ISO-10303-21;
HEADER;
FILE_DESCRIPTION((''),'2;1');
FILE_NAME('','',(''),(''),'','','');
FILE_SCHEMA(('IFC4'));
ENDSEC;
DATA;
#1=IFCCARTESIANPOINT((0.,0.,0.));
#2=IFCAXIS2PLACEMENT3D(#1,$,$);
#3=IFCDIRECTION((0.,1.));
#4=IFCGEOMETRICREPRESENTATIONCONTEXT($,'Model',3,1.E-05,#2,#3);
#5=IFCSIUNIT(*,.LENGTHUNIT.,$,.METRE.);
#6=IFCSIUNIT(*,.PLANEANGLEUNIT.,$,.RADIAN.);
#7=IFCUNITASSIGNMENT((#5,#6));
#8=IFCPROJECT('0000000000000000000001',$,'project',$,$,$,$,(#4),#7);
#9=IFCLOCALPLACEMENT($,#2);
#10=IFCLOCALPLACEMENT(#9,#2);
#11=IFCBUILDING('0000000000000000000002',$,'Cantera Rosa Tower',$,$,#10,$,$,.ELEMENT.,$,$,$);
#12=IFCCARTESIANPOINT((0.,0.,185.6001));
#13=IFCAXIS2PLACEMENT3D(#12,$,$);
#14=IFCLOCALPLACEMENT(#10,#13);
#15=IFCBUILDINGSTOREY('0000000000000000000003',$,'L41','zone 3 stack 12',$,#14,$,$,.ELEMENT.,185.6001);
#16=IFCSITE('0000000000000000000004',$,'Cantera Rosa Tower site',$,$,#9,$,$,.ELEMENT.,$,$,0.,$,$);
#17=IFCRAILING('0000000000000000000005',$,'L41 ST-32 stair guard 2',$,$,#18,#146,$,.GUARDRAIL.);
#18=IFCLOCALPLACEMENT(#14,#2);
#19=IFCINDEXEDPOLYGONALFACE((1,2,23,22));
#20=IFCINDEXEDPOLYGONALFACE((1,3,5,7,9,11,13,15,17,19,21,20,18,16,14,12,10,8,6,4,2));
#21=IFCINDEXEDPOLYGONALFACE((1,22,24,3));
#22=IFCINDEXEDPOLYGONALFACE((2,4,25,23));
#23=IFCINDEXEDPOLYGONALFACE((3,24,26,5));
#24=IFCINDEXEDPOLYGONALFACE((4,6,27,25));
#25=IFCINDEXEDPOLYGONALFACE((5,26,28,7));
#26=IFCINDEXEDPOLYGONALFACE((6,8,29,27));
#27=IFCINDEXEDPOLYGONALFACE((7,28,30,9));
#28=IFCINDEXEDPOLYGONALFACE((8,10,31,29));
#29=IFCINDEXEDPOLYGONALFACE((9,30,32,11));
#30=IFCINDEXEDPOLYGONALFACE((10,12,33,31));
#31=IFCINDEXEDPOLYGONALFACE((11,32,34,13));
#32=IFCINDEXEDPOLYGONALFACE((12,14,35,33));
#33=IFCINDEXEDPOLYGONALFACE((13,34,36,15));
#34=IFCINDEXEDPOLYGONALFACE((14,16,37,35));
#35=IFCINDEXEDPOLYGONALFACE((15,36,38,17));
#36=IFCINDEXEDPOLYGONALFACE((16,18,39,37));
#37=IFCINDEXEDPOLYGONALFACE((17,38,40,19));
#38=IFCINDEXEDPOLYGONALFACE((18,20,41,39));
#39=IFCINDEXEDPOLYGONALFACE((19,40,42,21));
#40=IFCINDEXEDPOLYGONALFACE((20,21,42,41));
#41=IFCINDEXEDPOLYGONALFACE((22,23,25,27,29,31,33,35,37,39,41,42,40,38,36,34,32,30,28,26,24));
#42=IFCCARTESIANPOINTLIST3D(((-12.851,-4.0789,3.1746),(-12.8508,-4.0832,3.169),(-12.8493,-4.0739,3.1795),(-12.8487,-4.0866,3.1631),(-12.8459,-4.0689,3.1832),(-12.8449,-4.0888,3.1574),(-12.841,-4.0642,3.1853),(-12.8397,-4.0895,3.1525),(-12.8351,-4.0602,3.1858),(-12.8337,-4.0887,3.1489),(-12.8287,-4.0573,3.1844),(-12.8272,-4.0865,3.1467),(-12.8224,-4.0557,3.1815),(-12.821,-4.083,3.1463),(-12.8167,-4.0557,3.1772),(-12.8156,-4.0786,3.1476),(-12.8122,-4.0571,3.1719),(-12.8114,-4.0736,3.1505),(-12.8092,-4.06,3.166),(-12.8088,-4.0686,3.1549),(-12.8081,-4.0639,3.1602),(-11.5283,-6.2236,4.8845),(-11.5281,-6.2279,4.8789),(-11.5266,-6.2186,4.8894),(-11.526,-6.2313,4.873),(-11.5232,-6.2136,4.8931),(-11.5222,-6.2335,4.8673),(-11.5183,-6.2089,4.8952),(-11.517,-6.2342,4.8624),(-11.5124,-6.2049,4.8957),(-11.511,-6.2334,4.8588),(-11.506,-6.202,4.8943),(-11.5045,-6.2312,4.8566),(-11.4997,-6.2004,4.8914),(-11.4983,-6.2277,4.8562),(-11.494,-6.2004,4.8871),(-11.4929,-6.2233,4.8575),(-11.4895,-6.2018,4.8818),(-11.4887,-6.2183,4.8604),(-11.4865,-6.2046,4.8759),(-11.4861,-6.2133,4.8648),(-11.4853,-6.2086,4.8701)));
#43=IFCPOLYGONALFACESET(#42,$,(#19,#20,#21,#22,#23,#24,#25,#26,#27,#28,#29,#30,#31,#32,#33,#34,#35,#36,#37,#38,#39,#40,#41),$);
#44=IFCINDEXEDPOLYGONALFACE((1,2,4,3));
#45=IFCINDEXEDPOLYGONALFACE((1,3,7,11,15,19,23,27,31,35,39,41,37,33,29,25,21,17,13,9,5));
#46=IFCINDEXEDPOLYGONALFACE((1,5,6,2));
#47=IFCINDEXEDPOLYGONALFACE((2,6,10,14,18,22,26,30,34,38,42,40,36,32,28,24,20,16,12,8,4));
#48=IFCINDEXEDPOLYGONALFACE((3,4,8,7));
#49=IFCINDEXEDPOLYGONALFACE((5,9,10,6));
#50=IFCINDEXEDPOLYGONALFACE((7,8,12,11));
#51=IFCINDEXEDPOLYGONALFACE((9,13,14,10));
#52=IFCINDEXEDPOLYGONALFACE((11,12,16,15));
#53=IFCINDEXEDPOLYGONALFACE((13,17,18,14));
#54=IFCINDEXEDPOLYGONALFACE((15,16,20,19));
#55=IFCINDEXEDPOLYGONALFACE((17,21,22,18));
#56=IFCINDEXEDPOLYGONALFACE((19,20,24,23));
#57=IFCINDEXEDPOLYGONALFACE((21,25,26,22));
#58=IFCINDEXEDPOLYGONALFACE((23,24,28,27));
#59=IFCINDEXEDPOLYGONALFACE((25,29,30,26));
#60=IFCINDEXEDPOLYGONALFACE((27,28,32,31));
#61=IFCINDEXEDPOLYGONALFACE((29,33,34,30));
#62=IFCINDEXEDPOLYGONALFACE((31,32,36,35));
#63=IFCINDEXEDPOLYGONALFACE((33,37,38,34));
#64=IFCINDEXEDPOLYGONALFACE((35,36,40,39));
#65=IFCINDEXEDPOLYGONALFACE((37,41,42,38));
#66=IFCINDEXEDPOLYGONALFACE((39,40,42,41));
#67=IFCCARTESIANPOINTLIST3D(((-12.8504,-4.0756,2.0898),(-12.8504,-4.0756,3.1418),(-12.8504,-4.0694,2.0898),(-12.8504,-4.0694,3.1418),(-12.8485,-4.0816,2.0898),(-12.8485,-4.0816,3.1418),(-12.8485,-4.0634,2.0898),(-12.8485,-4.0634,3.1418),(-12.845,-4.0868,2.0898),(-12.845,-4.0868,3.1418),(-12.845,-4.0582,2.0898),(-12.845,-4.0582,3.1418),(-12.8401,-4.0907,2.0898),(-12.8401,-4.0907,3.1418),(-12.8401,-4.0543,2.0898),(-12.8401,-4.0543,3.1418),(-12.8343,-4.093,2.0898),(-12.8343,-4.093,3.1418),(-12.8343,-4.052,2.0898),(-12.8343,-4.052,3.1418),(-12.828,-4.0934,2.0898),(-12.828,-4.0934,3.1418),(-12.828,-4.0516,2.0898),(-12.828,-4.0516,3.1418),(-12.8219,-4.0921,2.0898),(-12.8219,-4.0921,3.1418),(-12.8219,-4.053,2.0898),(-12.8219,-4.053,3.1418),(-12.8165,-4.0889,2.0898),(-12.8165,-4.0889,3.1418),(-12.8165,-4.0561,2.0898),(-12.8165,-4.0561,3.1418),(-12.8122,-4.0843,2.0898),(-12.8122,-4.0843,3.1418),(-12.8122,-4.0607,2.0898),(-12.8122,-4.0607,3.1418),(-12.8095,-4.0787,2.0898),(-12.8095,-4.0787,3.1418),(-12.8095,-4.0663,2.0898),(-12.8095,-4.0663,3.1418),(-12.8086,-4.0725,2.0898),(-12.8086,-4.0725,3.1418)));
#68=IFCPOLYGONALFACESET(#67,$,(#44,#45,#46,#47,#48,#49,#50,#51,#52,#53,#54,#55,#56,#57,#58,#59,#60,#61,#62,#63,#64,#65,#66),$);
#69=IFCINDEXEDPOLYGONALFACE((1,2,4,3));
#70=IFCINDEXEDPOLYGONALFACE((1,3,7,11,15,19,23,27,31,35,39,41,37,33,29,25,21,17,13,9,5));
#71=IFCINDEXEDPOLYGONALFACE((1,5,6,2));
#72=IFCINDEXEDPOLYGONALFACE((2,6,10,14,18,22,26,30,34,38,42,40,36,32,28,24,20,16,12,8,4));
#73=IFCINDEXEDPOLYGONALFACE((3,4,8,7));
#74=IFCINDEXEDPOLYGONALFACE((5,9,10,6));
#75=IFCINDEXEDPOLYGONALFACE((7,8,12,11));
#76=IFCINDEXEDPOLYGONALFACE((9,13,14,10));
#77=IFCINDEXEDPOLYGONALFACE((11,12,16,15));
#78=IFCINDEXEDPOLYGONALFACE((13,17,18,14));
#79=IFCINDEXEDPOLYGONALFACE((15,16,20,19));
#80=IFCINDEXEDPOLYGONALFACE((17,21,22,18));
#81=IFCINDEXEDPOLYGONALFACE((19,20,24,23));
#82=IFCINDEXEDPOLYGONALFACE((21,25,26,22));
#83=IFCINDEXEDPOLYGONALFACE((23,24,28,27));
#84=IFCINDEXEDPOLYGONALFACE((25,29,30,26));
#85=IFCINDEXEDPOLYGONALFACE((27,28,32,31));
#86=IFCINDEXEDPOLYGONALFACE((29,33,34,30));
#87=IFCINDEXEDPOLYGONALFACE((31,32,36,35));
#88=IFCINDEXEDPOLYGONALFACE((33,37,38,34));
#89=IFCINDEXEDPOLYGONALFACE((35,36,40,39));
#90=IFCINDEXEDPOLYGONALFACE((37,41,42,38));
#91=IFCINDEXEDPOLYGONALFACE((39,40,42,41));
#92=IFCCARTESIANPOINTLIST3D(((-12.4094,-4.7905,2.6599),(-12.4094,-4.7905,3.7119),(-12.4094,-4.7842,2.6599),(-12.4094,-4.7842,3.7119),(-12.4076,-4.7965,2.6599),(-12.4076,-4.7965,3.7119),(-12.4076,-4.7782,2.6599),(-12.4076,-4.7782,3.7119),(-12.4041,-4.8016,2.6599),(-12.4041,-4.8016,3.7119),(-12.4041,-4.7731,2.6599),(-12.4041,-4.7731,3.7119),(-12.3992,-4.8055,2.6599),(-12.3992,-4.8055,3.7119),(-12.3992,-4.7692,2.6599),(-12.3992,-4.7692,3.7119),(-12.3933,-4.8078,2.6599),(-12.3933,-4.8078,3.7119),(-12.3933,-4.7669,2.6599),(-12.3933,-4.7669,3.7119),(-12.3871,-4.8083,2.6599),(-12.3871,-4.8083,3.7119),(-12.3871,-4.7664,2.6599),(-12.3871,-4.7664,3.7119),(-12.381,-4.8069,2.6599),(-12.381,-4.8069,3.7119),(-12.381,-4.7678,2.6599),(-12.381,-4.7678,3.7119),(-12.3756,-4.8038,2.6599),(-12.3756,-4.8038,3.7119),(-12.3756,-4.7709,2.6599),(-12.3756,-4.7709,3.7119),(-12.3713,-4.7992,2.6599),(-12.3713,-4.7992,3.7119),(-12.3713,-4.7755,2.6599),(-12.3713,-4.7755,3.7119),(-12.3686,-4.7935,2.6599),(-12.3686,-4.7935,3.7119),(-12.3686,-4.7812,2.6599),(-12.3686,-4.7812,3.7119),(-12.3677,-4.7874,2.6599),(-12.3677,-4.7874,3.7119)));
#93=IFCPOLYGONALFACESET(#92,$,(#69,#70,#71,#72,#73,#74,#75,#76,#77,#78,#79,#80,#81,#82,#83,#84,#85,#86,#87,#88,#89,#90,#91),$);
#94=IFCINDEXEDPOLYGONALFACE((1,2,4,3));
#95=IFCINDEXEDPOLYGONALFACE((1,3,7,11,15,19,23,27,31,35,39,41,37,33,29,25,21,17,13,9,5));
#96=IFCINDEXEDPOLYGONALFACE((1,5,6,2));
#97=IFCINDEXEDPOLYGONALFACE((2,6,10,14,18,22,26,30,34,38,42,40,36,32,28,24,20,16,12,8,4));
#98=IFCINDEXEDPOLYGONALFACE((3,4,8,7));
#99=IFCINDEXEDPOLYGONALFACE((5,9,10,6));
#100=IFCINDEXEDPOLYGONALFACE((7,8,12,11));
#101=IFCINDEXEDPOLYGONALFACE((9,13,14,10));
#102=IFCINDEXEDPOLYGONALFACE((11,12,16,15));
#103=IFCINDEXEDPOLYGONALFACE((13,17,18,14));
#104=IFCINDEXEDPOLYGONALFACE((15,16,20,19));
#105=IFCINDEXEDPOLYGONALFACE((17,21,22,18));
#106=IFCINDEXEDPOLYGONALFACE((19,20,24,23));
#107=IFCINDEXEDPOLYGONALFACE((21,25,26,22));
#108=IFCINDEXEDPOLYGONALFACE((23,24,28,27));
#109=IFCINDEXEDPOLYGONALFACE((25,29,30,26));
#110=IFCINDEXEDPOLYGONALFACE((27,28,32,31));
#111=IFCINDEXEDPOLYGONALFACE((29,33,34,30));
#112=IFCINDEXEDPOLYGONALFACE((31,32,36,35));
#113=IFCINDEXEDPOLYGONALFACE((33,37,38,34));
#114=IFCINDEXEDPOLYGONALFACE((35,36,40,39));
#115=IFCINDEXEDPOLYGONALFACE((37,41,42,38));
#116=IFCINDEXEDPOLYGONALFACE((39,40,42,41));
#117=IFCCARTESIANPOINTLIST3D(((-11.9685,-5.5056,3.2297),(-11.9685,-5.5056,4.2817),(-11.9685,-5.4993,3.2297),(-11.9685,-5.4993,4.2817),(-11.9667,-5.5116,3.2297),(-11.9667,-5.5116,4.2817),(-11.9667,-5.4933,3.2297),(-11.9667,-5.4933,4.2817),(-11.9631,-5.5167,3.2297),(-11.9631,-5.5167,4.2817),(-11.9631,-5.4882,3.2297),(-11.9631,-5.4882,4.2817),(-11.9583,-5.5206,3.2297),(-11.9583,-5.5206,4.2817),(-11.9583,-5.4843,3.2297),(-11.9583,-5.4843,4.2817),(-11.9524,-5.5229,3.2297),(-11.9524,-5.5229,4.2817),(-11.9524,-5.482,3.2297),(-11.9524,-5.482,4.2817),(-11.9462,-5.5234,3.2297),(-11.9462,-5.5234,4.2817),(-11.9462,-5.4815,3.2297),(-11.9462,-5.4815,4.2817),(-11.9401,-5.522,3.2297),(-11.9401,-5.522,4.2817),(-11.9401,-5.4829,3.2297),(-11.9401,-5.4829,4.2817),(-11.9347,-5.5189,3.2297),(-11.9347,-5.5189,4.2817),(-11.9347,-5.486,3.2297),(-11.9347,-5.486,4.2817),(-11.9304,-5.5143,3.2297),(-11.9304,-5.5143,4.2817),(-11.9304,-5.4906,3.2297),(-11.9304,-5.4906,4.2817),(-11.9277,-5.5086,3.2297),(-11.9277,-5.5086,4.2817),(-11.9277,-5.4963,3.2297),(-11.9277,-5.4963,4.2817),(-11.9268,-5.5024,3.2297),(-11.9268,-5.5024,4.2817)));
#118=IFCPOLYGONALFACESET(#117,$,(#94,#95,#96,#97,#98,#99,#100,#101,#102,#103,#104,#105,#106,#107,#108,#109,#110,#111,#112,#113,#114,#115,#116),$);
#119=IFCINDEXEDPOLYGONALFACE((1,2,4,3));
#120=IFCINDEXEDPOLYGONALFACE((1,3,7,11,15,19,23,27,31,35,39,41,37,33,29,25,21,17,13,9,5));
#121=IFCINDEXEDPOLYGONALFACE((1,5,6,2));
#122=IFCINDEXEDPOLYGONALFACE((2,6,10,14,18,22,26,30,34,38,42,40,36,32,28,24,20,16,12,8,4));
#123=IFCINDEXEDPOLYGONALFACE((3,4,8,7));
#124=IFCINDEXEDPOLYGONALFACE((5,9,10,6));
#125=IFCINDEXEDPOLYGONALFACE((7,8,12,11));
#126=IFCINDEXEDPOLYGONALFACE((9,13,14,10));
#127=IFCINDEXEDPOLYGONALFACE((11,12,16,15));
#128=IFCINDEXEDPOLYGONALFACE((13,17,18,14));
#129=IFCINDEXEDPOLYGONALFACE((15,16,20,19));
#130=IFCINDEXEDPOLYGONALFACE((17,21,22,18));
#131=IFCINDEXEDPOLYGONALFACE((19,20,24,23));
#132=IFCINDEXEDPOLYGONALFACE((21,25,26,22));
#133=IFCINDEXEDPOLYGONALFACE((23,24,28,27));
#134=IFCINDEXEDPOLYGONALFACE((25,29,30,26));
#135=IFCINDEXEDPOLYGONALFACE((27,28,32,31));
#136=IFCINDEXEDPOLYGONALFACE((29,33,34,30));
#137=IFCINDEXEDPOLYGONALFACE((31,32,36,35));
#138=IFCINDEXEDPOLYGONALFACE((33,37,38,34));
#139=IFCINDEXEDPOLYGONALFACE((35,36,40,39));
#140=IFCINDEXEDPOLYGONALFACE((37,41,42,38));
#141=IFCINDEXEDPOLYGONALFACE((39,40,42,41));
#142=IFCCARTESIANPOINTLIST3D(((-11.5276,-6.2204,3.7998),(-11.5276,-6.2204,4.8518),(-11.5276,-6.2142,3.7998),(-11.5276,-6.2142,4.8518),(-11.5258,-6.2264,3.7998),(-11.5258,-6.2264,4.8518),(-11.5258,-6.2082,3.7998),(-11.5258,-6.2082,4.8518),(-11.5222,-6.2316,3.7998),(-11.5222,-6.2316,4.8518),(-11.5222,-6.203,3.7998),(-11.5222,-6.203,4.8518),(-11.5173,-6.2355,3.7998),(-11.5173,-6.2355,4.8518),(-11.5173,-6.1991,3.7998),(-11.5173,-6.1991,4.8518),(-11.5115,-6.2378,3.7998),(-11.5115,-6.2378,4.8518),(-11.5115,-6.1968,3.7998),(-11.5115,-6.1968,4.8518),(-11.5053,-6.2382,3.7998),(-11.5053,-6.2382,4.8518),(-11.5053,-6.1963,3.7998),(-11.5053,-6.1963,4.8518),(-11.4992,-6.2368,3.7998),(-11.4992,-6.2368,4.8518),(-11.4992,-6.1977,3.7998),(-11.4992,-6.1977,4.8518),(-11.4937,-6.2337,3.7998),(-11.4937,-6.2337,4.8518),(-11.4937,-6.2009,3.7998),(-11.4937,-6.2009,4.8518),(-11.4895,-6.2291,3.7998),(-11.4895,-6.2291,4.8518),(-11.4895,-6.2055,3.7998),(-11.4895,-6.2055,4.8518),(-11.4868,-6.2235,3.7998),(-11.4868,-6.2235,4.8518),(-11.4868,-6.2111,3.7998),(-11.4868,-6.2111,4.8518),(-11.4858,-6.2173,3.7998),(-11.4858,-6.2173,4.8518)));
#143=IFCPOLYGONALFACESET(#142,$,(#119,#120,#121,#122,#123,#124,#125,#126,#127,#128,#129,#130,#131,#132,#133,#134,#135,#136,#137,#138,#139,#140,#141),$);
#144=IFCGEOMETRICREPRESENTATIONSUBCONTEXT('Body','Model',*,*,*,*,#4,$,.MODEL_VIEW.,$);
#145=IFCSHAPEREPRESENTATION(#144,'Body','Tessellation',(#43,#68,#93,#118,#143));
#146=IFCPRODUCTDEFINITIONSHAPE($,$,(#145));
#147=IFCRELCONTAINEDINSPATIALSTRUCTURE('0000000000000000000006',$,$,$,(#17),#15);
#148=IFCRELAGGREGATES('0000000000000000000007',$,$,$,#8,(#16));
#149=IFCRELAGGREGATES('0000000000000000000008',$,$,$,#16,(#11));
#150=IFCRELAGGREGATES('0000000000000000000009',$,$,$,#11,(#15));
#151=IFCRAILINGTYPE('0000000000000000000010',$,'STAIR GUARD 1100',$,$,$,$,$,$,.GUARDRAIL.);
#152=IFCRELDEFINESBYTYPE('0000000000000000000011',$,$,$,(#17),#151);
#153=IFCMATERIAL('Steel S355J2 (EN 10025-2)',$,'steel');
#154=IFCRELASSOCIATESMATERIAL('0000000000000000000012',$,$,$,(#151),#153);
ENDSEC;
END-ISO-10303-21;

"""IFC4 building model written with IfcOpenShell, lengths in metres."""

from ifc_helpers import new_model, si_unit, direction, frame, origin, origin_2d, place, context, subcontext, project, spatial, circle, extrude, material, type_object, element, save


model = new_model("IFC4")

# Units and contexts
model_context = context("Model", 3, precision=1e-05, world=origin(), true_north=direction((0.0, 1.0)))
body_context = subcontext(model_context, "Body", "Model", "MODEL_VIEW")
ifc_project = project(units=[si_unit("LENGTHUNIT", "METRE"), si_unit("PLANEANGLEUNIT", "RADIAN")], contexts=[model_context])

# Site, building, storey
site_placement = place(None, origin())
site = spatial("IfcSite", under=ifc_project, at=site_placement, Name="Cantera Rosa Tower site", CompositionType="ELEMENT", RefElevation=0.0)
building_placement = place(site_placement, origin())
building = spatial("IfcBuilding", under=site, at=building_placement, Name="Cantera Rosa Tower", CompositionType="ELEMENT")
storey_placement = place(building_placement, frame((0.0, 0.0, 185.6001)))
storey = spatial("IfcBuildingStorey", under=building, at=storey_placement, Name="L41", Description="zone 3 stack 12", CompositionType="ELEMENT", Elevation=185.6001)

# Railing
ifc_material_1 = material(Name="Steel S355J2 (EN 10025-2)", Category="steel")
railing_type_1 = type_object("IfcRailingType", Name="STAIR GUARD 1100", PredefinedType="GUARDRAIL", material=ifc_material_1)
railing_1_placement = place(storey_placement, frame((-12.8296, -4.0725, 2.0898)))
element("IfcRailing", 1, at=railing_1_placement, inside=storey, type_object=railing_type_1, Name="L41 ST-32 stair guard 2", PredefinedType="GUARDRAIL", context=body_context, shape_type="SweptSolid", body=[
    extrude(circle(Radius=0.0239, at=origin_2d()), frame((0.0, 0.0, 1.0762), z_axis=(0.434363, -0.704296, 0.561513), x_axis=(0.851146, 0.52493, 0.0)), (0.0, 0.0, 1.0), 3.0452),
    extrude(circle(Radius=0.021, at=origin_2d()), origin(), (0.0, 0.0, 1.0), 1.052),
    extrude(circle(Radius=0.021, at=origin_2d()), frame((0.4409, -0.7148, 0.5701)), (0.0, 0.0, 1.0), 1.052),
    extrude(circle(Radius=0.021, at=origin_2d()), frame((0.8818, -1.4299, 1.1399)), (0.0, 0.0, 1.0), 1.052),
    extrude(circle(Radius=0.021, at=origin_2d()), frame((1.3228, -2.1448, 1.71)), (0.0, 0.0, 1.0), 1.052),
])

save(model, "model.ifc")
